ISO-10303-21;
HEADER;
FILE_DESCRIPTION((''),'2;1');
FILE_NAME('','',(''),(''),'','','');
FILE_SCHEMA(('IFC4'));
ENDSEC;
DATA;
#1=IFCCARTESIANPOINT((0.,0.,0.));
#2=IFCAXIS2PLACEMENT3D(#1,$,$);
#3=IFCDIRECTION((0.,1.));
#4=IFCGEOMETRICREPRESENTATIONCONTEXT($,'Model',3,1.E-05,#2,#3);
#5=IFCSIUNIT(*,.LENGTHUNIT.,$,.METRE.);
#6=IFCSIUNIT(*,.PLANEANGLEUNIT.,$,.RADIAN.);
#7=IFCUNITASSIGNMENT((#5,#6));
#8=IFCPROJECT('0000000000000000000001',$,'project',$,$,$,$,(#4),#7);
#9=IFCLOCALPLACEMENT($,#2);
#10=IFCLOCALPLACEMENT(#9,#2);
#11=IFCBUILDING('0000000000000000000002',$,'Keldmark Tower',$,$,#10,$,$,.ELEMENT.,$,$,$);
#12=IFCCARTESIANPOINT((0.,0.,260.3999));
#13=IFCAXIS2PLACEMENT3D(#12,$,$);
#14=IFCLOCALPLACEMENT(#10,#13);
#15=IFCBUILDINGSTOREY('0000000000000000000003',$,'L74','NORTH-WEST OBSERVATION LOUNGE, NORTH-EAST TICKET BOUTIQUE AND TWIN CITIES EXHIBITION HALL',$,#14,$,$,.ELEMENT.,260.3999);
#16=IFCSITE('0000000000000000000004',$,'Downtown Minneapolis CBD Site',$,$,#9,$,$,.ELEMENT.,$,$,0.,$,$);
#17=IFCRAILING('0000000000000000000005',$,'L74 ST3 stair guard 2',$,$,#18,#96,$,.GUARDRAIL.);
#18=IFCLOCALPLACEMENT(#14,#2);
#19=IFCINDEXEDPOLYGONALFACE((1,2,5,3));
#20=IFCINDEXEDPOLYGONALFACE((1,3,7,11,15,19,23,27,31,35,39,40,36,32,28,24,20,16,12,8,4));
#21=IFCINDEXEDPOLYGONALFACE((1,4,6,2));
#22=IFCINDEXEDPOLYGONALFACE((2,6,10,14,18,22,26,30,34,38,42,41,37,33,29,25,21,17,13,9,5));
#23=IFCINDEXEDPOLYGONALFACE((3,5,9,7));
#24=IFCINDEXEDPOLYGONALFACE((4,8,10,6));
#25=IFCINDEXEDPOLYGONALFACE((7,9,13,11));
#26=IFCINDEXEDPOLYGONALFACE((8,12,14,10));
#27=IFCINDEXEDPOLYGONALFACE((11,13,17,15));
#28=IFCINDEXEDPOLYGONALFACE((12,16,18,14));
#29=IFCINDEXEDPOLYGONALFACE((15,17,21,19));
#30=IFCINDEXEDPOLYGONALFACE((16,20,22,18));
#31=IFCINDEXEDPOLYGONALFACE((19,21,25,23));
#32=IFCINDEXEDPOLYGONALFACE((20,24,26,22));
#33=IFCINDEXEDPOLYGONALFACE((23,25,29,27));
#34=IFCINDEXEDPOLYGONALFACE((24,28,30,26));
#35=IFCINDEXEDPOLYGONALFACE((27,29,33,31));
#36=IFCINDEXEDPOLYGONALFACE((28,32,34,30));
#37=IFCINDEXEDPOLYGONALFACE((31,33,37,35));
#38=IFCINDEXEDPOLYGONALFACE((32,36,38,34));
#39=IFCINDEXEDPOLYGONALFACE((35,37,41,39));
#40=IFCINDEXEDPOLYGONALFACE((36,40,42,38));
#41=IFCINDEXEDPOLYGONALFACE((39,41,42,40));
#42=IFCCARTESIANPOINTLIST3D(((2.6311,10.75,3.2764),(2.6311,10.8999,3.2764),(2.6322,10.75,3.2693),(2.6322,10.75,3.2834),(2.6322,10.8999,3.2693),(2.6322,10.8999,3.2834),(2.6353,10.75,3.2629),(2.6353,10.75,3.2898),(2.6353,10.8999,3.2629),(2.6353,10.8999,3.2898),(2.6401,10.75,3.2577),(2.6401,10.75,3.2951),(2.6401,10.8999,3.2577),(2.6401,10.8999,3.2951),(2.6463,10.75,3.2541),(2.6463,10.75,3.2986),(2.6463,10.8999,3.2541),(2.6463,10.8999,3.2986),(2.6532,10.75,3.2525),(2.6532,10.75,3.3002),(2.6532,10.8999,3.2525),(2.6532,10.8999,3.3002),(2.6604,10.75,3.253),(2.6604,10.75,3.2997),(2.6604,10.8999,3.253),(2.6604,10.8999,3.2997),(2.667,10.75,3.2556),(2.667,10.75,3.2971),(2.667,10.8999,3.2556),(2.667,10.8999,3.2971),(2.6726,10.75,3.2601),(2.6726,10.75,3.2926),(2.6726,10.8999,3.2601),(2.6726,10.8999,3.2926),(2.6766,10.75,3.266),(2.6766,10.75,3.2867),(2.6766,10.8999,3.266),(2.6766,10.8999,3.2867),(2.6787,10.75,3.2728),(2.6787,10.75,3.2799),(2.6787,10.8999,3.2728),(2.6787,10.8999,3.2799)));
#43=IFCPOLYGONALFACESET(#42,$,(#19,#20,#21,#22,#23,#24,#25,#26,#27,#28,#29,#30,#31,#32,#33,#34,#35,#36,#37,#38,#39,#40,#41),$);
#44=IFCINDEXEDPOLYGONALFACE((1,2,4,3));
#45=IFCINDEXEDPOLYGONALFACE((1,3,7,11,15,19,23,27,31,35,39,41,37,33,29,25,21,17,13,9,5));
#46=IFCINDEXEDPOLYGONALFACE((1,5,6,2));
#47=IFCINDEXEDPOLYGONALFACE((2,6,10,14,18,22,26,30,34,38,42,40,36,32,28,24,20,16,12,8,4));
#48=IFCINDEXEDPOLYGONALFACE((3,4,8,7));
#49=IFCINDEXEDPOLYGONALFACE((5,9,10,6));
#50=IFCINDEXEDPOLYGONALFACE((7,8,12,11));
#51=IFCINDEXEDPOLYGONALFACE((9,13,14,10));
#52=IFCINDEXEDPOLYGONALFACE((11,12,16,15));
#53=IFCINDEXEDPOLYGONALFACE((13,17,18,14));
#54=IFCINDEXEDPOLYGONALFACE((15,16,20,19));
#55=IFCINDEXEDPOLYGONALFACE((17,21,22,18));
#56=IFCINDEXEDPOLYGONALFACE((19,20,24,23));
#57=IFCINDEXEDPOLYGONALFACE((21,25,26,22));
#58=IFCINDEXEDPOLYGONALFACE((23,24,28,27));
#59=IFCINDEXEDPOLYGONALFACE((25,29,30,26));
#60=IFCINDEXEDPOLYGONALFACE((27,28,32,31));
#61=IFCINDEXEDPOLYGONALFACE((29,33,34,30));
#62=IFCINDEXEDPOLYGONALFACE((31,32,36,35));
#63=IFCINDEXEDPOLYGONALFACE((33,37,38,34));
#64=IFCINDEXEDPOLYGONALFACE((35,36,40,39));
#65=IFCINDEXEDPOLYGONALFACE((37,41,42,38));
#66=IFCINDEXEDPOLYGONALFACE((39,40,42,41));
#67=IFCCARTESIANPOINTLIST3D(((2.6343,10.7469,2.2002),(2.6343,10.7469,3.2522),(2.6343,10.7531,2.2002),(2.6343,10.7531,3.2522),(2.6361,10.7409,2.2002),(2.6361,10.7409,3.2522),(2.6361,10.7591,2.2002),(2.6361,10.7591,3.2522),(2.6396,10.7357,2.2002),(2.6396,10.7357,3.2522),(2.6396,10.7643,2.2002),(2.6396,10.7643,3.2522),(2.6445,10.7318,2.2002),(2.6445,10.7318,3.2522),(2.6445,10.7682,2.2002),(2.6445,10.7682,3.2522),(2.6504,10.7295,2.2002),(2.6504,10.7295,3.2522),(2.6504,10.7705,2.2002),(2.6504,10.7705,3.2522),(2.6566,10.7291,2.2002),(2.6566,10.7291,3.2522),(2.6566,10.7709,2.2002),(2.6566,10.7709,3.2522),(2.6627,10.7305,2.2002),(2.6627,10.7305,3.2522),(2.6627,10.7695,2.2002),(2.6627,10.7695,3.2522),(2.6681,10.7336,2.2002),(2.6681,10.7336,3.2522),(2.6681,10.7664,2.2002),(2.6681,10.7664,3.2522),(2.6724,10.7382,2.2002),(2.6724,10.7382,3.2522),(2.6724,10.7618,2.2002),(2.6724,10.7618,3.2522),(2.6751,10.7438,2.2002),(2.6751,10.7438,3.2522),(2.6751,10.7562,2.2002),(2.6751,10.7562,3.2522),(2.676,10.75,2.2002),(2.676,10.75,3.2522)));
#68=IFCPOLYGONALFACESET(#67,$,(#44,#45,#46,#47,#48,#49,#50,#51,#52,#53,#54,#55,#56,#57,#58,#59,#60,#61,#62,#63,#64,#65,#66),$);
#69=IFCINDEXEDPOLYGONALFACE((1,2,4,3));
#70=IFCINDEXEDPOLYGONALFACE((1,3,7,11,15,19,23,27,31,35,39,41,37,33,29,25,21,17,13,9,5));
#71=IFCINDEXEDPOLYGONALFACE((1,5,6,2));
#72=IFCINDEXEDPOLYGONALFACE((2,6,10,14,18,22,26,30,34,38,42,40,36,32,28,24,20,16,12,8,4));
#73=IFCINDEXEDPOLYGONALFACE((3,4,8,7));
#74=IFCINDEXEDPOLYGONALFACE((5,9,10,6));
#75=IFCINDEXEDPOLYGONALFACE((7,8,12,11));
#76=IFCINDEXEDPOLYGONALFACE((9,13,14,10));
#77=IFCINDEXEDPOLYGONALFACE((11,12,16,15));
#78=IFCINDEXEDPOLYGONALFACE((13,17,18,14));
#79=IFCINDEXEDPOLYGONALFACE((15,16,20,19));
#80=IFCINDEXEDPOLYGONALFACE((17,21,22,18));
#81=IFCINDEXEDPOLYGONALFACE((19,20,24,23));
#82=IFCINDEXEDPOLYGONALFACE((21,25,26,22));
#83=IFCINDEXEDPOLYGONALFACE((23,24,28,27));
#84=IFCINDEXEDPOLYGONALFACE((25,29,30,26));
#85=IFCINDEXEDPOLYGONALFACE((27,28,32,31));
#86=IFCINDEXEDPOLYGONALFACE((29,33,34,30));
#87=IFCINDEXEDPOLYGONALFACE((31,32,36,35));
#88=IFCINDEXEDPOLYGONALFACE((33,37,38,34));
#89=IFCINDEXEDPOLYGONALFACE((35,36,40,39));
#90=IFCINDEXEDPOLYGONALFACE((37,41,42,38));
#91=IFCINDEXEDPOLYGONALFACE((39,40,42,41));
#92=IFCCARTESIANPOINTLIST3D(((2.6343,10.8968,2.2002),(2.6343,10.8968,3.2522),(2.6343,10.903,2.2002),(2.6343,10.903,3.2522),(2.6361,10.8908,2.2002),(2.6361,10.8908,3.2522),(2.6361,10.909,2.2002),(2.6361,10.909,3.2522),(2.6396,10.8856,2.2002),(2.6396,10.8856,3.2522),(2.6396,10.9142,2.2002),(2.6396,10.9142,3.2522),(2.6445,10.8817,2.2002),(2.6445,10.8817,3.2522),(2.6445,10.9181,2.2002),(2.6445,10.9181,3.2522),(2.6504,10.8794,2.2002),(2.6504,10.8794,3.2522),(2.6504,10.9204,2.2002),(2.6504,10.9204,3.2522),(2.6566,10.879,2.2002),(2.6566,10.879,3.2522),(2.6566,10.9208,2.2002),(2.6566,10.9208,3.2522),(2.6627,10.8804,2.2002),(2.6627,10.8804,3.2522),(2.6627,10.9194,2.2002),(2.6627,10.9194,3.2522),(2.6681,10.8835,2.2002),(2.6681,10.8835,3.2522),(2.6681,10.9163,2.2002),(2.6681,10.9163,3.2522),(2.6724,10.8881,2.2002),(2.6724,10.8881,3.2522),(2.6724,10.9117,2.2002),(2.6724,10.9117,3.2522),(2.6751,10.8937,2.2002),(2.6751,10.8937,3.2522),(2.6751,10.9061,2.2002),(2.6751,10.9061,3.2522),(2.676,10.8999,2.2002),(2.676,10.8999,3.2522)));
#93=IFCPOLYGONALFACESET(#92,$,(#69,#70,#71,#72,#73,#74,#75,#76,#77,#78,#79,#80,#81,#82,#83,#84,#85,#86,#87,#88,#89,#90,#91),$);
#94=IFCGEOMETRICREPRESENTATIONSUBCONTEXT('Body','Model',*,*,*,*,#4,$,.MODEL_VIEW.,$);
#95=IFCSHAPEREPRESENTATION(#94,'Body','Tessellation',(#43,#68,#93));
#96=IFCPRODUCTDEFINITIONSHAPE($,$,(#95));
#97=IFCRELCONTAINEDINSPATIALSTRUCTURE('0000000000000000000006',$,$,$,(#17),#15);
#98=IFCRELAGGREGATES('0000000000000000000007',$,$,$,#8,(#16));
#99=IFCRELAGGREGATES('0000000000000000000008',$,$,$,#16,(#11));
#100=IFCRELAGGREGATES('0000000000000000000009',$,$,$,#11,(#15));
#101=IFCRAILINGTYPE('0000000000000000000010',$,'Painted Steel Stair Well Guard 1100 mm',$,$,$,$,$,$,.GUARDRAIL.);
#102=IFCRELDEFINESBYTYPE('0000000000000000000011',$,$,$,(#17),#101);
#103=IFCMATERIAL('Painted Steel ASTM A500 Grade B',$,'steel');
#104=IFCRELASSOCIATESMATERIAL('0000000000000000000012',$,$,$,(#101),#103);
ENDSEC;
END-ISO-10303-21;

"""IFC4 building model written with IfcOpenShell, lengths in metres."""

from ifc_helpers import new_model, si_unit, direction, frame, origin, origin_2d, place, context, subcontext, project, spatial, circle, extrude, material, type_object, element, save


model = new_model("IFC4")

# Units and contexts
model_context = context("Model", 3, precision=1e-05, world=origin(), true_north=direction((0.0, 1.0)))
body_context = subcontext(model_context, "Body", "Model", "MODEL_VIEW")
ifc_project = project(units=[si_unit("LENGTHUNIT", "METRE"), si_unit("PLANEANGLEUNIT", "RADIAN")], contexts=[model_context])

# Site, building, storey
site_placement = place(None, origin())
site = spatial("IfcSite", under=ifc_project, at=site_placement, Name="Downtown Minneapolis CBD Site", CompositionType="ELEMENT", RefElevation=0.0)
building_placement = place(site_placement, origin())
building = spatial("IfcBuilding", under=site, at=building_placement, Name="Keldmark Tower", CompositionType="ELEMENT")
storey_placement = place(building_placement, frame((0.0, 0.0, 260.3999)))
storey = spatial("IfcBuildingStorey", under=building, at=storey_placement, Name="L74", Description="NORTH-WEST OBSERVATION LOUNGE, NORTH-EAST TICKET BOUTIQUE AND TWIN CITIES EXHIBITION HALL", CompositionType="ELEMENT", Elevation=260.3999)

# Railing
ifc_material_1 = material(Name="Painted Steel ASTM A500 Grade B", Category="steel")
railing_type_1 = type_object("IfcRailingType", Name="Painted Steel Stair Well Guard 1100 mm", PredefinedType="GUARDRAIL", material=ifc_material_1)
railing_1_placement = place(storey_placement, frame((2.655, 10.75, 2.2002)))
element("IfcRailing", 1, at=railing_1_placement, inside=storey, type_object=railing_type_1, Name="L74 ST3 stair guard 2", PredefinedType="GUARDRAIL", context=body_context, shape_type="SweptSolid", body=[
    extrude(circle(Radius=0.0239, at=origin_2d()), frame((0.0, 0.0, 1.0762), z_axis=(0.0, 1.0, 0.0), x_axis=(-1.0, 0.0, 0.0)), (0.0, 0.0, 1.0), 0.1499),
    extrude(circle(Radius=0.021, at=origin_2d()), origin(), (0.0, 0.0, 1.0), 1.052),
    extrude(circle(Radius=0.021, at=origin_2d()), frame((0.0, 0.1499, 0.0)), (0.0, 0.0, 1.0), 1.052),
])

save(model, "model.ifc")
